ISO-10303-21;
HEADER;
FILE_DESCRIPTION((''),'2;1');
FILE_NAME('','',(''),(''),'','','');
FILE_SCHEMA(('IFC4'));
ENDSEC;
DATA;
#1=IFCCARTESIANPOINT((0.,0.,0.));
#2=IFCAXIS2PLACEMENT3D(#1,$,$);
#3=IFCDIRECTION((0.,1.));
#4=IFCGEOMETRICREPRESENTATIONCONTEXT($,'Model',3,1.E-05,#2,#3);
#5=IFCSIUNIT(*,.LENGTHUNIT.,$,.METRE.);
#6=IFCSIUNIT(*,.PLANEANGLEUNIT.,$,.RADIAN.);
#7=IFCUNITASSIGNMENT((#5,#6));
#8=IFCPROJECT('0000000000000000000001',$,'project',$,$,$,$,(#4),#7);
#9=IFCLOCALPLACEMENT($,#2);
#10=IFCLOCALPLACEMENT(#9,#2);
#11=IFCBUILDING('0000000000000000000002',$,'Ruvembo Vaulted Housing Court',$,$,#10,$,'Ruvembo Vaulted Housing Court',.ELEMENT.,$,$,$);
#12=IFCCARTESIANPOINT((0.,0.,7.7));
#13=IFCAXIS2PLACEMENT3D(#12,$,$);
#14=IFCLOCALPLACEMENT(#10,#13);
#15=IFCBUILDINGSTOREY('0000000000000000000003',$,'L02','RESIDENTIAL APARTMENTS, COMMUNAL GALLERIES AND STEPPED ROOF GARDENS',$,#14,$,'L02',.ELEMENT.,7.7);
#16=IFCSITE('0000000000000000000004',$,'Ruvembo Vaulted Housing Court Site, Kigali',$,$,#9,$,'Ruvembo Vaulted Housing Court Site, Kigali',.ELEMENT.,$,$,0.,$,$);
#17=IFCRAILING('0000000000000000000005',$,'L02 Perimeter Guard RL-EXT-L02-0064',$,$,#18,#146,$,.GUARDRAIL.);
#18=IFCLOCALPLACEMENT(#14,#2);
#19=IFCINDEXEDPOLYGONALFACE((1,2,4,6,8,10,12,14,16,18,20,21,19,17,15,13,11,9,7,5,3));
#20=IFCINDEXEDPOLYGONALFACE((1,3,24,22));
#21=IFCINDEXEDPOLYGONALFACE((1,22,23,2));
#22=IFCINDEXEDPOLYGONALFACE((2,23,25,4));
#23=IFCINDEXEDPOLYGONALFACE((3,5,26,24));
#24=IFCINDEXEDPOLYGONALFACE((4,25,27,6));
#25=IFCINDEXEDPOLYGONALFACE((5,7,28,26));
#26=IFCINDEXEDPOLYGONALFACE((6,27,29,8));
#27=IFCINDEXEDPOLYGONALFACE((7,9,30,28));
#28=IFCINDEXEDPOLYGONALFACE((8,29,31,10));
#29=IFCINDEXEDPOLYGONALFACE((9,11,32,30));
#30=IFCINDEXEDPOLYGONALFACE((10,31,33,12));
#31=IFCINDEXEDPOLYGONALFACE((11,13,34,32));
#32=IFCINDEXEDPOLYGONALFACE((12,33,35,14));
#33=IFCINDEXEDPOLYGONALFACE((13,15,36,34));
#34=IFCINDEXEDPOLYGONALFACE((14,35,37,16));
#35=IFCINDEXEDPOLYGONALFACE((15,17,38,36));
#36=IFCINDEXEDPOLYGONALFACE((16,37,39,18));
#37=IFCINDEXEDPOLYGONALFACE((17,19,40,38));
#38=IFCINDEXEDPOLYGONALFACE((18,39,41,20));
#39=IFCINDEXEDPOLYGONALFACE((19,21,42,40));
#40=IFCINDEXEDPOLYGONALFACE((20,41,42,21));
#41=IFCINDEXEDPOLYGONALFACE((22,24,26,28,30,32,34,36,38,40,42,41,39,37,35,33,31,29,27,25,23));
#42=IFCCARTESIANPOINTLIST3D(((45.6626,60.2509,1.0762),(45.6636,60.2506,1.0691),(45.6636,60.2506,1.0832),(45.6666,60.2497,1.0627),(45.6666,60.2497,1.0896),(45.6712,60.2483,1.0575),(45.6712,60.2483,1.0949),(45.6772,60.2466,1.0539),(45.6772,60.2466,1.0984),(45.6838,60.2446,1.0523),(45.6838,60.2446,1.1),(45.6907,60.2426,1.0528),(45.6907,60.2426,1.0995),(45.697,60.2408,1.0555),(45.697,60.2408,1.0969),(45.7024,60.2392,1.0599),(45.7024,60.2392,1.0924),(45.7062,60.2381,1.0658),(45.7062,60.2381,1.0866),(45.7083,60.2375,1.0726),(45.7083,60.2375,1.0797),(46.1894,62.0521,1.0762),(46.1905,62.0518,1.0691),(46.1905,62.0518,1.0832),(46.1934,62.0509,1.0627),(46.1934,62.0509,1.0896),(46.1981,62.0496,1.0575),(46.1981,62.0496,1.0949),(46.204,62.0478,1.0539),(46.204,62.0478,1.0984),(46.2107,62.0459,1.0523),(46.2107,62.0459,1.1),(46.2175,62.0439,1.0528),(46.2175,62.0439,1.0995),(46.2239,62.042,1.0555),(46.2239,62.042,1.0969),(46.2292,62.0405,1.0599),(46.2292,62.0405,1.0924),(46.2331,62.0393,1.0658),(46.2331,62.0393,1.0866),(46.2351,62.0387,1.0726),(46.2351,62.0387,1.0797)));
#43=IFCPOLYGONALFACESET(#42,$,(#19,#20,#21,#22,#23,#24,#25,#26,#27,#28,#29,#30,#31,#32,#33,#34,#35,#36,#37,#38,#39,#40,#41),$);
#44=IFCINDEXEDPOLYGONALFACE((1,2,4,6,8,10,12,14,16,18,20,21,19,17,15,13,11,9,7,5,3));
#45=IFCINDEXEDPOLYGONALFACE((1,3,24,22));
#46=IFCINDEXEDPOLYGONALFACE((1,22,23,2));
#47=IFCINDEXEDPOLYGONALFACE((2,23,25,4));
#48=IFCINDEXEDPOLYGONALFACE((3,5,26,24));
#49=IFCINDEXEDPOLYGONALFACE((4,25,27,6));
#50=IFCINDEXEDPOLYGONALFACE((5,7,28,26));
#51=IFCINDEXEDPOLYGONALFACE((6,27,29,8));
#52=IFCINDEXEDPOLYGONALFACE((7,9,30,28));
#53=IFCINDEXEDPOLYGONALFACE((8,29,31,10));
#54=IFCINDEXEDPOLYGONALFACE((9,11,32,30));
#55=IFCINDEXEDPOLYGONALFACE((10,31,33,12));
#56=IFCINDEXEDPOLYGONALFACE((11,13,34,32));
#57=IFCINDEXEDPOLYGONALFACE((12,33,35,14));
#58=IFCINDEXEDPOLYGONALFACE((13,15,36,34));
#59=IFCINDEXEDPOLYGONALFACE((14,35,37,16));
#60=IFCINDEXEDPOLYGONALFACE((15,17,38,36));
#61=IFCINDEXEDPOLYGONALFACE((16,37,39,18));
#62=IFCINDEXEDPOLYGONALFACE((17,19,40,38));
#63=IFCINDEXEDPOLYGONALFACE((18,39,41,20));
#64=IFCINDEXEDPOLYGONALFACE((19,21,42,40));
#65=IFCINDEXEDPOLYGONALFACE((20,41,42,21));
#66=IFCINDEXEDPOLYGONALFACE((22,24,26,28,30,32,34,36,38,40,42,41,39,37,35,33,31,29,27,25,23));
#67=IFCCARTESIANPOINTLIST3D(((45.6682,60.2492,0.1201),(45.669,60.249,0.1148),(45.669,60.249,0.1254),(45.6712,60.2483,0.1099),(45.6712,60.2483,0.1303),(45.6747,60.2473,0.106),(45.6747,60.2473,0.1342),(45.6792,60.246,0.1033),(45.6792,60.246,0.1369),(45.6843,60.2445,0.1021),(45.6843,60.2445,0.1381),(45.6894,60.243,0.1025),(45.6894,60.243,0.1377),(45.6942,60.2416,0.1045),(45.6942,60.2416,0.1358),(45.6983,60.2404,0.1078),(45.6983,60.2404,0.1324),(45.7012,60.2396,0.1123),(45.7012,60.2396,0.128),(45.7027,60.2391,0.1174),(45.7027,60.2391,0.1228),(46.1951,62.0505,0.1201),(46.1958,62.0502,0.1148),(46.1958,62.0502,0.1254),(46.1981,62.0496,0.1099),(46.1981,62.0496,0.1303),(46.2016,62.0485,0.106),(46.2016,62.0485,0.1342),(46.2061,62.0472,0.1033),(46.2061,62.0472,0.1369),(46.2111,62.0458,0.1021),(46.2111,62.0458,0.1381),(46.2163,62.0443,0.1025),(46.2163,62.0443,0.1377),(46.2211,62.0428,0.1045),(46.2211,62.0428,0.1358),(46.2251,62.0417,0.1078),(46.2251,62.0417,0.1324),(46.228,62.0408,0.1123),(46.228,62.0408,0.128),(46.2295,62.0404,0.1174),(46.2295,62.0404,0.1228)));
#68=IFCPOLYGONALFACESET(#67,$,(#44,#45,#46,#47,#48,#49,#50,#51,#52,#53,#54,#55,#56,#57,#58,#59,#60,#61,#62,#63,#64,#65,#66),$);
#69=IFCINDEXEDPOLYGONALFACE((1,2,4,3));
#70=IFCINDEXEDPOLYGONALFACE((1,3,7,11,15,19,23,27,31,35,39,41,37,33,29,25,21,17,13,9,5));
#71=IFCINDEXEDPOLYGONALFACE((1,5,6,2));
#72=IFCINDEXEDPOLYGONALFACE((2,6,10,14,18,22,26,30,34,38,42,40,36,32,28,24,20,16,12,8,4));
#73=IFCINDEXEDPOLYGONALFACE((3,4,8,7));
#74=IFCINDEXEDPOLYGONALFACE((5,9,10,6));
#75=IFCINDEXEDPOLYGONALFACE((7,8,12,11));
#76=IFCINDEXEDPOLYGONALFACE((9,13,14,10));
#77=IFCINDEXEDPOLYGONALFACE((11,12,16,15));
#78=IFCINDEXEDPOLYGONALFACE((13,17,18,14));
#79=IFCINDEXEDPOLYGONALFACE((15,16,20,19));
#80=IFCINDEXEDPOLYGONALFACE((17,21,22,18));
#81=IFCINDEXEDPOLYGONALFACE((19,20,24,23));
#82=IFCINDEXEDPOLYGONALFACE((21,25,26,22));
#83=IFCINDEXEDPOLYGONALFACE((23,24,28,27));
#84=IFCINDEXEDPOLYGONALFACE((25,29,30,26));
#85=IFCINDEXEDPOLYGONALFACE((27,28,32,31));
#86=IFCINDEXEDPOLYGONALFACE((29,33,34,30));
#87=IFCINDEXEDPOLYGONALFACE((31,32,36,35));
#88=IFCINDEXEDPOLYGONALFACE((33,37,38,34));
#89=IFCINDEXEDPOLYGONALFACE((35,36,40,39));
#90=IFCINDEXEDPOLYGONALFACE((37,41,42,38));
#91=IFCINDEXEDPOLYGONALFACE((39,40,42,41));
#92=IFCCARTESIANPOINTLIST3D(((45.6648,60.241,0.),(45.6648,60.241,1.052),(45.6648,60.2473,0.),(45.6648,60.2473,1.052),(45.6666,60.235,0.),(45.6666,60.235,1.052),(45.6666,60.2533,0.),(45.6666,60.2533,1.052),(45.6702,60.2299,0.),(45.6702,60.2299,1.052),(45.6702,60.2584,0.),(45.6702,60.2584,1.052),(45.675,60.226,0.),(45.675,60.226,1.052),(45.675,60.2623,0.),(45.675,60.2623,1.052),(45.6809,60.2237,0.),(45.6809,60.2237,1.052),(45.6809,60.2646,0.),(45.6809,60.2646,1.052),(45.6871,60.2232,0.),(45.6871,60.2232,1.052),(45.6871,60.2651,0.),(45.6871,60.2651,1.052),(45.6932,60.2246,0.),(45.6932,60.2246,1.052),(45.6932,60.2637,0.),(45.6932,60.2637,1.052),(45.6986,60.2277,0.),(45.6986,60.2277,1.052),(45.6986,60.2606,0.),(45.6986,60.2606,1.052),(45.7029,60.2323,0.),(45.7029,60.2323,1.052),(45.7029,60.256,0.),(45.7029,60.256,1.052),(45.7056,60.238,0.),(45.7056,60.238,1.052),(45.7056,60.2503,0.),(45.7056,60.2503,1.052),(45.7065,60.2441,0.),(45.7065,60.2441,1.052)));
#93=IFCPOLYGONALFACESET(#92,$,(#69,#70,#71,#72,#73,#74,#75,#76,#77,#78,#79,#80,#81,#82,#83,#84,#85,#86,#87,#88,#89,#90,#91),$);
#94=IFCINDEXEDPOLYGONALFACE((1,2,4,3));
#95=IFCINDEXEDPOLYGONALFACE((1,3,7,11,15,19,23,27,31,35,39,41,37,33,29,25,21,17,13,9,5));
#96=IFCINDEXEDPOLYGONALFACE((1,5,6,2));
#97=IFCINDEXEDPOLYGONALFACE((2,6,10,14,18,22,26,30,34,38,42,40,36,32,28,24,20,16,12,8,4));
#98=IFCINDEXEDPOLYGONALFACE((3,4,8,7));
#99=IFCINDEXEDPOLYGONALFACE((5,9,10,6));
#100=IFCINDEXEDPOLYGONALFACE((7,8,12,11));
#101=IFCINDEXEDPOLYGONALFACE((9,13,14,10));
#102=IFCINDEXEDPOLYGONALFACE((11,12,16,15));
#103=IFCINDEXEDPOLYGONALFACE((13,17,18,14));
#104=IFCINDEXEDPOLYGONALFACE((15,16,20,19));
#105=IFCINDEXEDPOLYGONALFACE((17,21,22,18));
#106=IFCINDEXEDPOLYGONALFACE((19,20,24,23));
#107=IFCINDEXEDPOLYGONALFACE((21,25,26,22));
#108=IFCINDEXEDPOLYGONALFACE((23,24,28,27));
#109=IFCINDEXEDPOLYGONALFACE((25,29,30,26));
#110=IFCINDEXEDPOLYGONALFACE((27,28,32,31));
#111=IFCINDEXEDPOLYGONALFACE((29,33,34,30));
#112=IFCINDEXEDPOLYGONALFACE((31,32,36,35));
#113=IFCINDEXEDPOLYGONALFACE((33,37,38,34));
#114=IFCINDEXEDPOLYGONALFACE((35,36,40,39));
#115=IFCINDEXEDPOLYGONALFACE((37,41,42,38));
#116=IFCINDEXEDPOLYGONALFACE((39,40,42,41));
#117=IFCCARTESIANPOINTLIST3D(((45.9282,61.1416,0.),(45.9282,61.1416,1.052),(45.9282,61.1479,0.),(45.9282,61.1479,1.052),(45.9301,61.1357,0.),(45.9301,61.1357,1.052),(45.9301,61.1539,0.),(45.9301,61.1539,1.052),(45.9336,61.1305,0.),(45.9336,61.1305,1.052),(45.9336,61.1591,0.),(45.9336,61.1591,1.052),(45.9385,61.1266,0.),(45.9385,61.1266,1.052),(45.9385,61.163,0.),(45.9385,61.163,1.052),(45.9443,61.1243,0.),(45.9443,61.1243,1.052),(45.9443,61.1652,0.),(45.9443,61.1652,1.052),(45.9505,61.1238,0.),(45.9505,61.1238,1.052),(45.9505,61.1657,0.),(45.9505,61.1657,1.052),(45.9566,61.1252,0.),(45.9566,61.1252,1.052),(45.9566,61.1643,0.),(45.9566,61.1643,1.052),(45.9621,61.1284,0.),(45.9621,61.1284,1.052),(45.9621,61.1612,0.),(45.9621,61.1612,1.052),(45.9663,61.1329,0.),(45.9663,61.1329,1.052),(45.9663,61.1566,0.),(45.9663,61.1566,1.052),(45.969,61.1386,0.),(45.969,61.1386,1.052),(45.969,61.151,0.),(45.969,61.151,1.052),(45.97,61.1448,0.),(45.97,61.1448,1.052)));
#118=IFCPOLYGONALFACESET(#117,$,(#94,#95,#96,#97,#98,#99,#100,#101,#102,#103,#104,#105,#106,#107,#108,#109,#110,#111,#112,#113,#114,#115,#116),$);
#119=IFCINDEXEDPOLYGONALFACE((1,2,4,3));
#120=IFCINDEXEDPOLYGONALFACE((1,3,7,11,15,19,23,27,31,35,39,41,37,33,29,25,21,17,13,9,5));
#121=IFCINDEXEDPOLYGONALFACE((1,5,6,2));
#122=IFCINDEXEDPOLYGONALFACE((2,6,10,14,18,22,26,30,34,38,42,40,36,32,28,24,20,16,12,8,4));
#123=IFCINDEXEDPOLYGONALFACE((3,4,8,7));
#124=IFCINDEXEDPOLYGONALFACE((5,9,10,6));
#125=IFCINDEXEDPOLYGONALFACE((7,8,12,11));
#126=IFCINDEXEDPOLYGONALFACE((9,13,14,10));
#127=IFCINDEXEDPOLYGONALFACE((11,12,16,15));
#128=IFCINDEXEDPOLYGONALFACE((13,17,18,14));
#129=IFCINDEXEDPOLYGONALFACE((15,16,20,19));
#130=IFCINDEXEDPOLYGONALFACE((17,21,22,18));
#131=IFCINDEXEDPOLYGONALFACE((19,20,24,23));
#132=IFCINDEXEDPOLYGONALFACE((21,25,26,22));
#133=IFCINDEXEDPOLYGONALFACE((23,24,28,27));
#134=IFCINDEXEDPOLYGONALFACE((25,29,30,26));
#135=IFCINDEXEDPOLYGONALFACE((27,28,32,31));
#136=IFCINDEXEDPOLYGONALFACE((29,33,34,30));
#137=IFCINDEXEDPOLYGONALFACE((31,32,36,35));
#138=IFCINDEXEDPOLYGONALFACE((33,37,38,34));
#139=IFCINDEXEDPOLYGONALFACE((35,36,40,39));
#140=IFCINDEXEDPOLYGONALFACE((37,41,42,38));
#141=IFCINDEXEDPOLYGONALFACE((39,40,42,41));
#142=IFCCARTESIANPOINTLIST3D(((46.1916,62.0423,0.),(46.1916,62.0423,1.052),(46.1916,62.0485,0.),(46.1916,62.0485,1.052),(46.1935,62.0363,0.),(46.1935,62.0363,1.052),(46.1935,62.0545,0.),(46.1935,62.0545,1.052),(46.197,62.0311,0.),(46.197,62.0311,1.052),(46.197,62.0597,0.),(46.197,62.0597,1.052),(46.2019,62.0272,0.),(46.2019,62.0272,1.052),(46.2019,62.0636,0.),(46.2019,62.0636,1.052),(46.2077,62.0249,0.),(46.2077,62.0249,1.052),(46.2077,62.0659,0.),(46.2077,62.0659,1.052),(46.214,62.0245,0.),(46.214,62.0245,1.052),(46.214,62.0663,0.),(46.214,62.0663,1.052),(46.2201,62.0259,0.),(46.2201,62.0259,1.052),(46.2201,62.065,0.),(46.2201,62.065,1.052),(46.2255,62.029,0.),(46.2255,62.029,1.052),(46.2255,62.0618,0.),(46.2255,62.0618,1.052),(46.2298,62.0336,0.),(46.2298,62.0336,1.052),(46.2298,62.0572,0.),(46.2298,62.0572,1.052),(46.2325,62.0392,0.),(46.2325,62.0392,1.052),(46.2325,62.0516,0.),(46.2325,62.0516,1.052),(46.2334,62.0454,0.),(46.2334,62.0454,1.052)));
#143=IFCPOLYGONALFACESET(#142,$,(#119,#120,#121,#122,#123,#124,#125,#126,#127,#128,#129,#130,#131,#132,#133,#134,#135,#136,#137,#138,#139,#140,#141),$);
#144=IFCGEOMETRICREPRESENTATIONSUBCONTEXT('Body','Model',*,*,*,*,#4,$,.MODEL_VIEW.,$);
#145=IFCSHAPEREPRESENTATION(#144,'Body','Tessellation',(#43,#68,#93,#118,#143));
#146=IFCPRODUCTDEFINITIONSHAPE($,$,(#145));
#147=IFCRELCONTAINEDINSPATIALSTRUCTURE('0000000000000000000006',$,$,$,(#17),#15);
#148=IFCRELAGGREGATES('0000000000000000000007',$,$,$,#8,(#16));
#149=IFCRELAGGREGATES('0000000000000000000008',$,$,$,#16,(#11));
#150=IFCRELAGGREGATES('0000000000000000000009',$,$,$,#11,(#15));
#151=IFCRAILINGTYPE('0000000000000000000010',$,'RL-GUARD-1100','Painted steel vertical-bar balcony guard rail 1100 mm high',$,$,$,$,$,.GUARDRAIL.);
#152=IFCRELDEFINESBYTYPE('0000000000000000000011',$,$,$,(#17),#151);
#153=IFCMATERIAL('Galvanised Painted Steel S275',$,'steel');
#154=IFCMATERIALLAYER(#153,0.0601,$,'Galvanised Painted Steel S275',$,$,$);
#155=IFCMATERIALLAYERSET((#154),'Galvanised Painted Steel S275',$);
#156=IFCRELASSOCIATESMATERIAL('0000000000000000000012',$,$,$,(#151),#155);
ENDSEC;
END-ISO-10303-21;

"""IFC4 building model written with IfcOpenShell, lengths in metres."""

from ifc_helpers import new_model, si_unit, direction, frame, origin, origin_2d, place, context, subcontext, project, spatial, circle, extrude, material, layer, layer_set, type_object, element, save


model = new_model("IFC4")

# Units and contexts
model_context = context("Model", 3, precision=1e-05, world=origin(), true_north=direction((0.0, 1.0)))
body_context = subcontext(model_context, "Body", "Model", "MODEL_VIEW")
ifc_project = project(units=[si_unit("LENGTHUNIT", "METRE"), si_unit("PLANEANGLEUNIT", "RADIAN")], contexts=[model_context])

# Site, building, storey
site_placement = place(None, origin())
site = spatial("IfcSite", under=ifc_project, at=site_placement, Name="Ruvembo Vaulted Housing Court Site, Kigali", LongName="Ruvembo Vaulted Housing Court Site, Kigali", CompositionType="ELEMENT", RefElevation=0.0)
building_placement = place(site_placement, origin())
building = spatial("IfcBuilding", under=site, at=building_placement, Name="Ruvembo Vaulted Housing Court", LongName="Ruvembo Vaulted Housing Court", CompositionType="ELEMENT")
storey_placement = place(building_placement, frame((0.0, 0.0, 7.7)))
storey = spatial("IfcBuildingStorey", under=building, at=storey_placement, Name="L02", Description="RESIDENTIAL APARTMENTS, COMMUNAL GALLERIES AND STEPPED ROOF GARDENS", LongName="L02", CompositionType="ELEMENT", Elevation=7.7)

# Railing
ifc_material_1 = material(Name="Galvanised Painted Steel S275", Category="steel")
ifc_layer_1 = layer(ifc_material_1, 0.0601, Name="Galvanised Painted Steel S275")
ifc_layer_set_1 = layer_set([ifc_layer_1], Name="Galvanised Painted Steel S275")
railing_type = type_object("IfcRailingType", Name="RL-GUARD-1100", Description="Painted steel vertical-bar balcony guard rail 1100 mm high", PredefinedType="GUARDRAIL", material=ifc_layer_set_1)
railing_1_placement = place(storey_placement, frame((45.6855, 60.2441, 0.0)))
element("IfcRailing", 1, at=railing_1_placement, inside=storey, type_object=railing_type, Name="L02 Perimeter Guard RL-EXT-L02-0064", PredefinedType="GUARDRAIL", context=body_context, shape_type="SweptSolid", body=[
    extrude(circle(Radius=0.0239, at=origin_2d()), frame((0.0, 0.0, 1.0762), z_axis=(0.280729, 0.959787, 0.0), x_axis=(-0.959787, 0.280729, 0.0)), (0.0, 0.0, 1.0), 1.8767),
    extrude(circle(Radius=0.0181, at=origin_2d()), frame((0.0, 0.0, 0.1201), z_axis=(0.280729, 0.959787, 0.0), x_axis=(-0.959787, 0.280729, 0.0)), (0.0, 0.0, 1.0), 1.8767),
    extrude(circle(Radius=0.021, at=origin_2d()), origin(), (0.0, 0.0, 1.0), 1.052),
    extrude(circle(Radius=0.021, at=origin_2d()), frame((0.2634, 0.9006, 0.0)), (0.0, 0.0, 1.0), 1.052),
    extrude(circle(Radius=0.021, at=origin_2d()), frame((0.5269, 1.8013, 0.0)), (0.0, 0.0, 1.0), 1.052),
])

save(model, "model.ifc")
